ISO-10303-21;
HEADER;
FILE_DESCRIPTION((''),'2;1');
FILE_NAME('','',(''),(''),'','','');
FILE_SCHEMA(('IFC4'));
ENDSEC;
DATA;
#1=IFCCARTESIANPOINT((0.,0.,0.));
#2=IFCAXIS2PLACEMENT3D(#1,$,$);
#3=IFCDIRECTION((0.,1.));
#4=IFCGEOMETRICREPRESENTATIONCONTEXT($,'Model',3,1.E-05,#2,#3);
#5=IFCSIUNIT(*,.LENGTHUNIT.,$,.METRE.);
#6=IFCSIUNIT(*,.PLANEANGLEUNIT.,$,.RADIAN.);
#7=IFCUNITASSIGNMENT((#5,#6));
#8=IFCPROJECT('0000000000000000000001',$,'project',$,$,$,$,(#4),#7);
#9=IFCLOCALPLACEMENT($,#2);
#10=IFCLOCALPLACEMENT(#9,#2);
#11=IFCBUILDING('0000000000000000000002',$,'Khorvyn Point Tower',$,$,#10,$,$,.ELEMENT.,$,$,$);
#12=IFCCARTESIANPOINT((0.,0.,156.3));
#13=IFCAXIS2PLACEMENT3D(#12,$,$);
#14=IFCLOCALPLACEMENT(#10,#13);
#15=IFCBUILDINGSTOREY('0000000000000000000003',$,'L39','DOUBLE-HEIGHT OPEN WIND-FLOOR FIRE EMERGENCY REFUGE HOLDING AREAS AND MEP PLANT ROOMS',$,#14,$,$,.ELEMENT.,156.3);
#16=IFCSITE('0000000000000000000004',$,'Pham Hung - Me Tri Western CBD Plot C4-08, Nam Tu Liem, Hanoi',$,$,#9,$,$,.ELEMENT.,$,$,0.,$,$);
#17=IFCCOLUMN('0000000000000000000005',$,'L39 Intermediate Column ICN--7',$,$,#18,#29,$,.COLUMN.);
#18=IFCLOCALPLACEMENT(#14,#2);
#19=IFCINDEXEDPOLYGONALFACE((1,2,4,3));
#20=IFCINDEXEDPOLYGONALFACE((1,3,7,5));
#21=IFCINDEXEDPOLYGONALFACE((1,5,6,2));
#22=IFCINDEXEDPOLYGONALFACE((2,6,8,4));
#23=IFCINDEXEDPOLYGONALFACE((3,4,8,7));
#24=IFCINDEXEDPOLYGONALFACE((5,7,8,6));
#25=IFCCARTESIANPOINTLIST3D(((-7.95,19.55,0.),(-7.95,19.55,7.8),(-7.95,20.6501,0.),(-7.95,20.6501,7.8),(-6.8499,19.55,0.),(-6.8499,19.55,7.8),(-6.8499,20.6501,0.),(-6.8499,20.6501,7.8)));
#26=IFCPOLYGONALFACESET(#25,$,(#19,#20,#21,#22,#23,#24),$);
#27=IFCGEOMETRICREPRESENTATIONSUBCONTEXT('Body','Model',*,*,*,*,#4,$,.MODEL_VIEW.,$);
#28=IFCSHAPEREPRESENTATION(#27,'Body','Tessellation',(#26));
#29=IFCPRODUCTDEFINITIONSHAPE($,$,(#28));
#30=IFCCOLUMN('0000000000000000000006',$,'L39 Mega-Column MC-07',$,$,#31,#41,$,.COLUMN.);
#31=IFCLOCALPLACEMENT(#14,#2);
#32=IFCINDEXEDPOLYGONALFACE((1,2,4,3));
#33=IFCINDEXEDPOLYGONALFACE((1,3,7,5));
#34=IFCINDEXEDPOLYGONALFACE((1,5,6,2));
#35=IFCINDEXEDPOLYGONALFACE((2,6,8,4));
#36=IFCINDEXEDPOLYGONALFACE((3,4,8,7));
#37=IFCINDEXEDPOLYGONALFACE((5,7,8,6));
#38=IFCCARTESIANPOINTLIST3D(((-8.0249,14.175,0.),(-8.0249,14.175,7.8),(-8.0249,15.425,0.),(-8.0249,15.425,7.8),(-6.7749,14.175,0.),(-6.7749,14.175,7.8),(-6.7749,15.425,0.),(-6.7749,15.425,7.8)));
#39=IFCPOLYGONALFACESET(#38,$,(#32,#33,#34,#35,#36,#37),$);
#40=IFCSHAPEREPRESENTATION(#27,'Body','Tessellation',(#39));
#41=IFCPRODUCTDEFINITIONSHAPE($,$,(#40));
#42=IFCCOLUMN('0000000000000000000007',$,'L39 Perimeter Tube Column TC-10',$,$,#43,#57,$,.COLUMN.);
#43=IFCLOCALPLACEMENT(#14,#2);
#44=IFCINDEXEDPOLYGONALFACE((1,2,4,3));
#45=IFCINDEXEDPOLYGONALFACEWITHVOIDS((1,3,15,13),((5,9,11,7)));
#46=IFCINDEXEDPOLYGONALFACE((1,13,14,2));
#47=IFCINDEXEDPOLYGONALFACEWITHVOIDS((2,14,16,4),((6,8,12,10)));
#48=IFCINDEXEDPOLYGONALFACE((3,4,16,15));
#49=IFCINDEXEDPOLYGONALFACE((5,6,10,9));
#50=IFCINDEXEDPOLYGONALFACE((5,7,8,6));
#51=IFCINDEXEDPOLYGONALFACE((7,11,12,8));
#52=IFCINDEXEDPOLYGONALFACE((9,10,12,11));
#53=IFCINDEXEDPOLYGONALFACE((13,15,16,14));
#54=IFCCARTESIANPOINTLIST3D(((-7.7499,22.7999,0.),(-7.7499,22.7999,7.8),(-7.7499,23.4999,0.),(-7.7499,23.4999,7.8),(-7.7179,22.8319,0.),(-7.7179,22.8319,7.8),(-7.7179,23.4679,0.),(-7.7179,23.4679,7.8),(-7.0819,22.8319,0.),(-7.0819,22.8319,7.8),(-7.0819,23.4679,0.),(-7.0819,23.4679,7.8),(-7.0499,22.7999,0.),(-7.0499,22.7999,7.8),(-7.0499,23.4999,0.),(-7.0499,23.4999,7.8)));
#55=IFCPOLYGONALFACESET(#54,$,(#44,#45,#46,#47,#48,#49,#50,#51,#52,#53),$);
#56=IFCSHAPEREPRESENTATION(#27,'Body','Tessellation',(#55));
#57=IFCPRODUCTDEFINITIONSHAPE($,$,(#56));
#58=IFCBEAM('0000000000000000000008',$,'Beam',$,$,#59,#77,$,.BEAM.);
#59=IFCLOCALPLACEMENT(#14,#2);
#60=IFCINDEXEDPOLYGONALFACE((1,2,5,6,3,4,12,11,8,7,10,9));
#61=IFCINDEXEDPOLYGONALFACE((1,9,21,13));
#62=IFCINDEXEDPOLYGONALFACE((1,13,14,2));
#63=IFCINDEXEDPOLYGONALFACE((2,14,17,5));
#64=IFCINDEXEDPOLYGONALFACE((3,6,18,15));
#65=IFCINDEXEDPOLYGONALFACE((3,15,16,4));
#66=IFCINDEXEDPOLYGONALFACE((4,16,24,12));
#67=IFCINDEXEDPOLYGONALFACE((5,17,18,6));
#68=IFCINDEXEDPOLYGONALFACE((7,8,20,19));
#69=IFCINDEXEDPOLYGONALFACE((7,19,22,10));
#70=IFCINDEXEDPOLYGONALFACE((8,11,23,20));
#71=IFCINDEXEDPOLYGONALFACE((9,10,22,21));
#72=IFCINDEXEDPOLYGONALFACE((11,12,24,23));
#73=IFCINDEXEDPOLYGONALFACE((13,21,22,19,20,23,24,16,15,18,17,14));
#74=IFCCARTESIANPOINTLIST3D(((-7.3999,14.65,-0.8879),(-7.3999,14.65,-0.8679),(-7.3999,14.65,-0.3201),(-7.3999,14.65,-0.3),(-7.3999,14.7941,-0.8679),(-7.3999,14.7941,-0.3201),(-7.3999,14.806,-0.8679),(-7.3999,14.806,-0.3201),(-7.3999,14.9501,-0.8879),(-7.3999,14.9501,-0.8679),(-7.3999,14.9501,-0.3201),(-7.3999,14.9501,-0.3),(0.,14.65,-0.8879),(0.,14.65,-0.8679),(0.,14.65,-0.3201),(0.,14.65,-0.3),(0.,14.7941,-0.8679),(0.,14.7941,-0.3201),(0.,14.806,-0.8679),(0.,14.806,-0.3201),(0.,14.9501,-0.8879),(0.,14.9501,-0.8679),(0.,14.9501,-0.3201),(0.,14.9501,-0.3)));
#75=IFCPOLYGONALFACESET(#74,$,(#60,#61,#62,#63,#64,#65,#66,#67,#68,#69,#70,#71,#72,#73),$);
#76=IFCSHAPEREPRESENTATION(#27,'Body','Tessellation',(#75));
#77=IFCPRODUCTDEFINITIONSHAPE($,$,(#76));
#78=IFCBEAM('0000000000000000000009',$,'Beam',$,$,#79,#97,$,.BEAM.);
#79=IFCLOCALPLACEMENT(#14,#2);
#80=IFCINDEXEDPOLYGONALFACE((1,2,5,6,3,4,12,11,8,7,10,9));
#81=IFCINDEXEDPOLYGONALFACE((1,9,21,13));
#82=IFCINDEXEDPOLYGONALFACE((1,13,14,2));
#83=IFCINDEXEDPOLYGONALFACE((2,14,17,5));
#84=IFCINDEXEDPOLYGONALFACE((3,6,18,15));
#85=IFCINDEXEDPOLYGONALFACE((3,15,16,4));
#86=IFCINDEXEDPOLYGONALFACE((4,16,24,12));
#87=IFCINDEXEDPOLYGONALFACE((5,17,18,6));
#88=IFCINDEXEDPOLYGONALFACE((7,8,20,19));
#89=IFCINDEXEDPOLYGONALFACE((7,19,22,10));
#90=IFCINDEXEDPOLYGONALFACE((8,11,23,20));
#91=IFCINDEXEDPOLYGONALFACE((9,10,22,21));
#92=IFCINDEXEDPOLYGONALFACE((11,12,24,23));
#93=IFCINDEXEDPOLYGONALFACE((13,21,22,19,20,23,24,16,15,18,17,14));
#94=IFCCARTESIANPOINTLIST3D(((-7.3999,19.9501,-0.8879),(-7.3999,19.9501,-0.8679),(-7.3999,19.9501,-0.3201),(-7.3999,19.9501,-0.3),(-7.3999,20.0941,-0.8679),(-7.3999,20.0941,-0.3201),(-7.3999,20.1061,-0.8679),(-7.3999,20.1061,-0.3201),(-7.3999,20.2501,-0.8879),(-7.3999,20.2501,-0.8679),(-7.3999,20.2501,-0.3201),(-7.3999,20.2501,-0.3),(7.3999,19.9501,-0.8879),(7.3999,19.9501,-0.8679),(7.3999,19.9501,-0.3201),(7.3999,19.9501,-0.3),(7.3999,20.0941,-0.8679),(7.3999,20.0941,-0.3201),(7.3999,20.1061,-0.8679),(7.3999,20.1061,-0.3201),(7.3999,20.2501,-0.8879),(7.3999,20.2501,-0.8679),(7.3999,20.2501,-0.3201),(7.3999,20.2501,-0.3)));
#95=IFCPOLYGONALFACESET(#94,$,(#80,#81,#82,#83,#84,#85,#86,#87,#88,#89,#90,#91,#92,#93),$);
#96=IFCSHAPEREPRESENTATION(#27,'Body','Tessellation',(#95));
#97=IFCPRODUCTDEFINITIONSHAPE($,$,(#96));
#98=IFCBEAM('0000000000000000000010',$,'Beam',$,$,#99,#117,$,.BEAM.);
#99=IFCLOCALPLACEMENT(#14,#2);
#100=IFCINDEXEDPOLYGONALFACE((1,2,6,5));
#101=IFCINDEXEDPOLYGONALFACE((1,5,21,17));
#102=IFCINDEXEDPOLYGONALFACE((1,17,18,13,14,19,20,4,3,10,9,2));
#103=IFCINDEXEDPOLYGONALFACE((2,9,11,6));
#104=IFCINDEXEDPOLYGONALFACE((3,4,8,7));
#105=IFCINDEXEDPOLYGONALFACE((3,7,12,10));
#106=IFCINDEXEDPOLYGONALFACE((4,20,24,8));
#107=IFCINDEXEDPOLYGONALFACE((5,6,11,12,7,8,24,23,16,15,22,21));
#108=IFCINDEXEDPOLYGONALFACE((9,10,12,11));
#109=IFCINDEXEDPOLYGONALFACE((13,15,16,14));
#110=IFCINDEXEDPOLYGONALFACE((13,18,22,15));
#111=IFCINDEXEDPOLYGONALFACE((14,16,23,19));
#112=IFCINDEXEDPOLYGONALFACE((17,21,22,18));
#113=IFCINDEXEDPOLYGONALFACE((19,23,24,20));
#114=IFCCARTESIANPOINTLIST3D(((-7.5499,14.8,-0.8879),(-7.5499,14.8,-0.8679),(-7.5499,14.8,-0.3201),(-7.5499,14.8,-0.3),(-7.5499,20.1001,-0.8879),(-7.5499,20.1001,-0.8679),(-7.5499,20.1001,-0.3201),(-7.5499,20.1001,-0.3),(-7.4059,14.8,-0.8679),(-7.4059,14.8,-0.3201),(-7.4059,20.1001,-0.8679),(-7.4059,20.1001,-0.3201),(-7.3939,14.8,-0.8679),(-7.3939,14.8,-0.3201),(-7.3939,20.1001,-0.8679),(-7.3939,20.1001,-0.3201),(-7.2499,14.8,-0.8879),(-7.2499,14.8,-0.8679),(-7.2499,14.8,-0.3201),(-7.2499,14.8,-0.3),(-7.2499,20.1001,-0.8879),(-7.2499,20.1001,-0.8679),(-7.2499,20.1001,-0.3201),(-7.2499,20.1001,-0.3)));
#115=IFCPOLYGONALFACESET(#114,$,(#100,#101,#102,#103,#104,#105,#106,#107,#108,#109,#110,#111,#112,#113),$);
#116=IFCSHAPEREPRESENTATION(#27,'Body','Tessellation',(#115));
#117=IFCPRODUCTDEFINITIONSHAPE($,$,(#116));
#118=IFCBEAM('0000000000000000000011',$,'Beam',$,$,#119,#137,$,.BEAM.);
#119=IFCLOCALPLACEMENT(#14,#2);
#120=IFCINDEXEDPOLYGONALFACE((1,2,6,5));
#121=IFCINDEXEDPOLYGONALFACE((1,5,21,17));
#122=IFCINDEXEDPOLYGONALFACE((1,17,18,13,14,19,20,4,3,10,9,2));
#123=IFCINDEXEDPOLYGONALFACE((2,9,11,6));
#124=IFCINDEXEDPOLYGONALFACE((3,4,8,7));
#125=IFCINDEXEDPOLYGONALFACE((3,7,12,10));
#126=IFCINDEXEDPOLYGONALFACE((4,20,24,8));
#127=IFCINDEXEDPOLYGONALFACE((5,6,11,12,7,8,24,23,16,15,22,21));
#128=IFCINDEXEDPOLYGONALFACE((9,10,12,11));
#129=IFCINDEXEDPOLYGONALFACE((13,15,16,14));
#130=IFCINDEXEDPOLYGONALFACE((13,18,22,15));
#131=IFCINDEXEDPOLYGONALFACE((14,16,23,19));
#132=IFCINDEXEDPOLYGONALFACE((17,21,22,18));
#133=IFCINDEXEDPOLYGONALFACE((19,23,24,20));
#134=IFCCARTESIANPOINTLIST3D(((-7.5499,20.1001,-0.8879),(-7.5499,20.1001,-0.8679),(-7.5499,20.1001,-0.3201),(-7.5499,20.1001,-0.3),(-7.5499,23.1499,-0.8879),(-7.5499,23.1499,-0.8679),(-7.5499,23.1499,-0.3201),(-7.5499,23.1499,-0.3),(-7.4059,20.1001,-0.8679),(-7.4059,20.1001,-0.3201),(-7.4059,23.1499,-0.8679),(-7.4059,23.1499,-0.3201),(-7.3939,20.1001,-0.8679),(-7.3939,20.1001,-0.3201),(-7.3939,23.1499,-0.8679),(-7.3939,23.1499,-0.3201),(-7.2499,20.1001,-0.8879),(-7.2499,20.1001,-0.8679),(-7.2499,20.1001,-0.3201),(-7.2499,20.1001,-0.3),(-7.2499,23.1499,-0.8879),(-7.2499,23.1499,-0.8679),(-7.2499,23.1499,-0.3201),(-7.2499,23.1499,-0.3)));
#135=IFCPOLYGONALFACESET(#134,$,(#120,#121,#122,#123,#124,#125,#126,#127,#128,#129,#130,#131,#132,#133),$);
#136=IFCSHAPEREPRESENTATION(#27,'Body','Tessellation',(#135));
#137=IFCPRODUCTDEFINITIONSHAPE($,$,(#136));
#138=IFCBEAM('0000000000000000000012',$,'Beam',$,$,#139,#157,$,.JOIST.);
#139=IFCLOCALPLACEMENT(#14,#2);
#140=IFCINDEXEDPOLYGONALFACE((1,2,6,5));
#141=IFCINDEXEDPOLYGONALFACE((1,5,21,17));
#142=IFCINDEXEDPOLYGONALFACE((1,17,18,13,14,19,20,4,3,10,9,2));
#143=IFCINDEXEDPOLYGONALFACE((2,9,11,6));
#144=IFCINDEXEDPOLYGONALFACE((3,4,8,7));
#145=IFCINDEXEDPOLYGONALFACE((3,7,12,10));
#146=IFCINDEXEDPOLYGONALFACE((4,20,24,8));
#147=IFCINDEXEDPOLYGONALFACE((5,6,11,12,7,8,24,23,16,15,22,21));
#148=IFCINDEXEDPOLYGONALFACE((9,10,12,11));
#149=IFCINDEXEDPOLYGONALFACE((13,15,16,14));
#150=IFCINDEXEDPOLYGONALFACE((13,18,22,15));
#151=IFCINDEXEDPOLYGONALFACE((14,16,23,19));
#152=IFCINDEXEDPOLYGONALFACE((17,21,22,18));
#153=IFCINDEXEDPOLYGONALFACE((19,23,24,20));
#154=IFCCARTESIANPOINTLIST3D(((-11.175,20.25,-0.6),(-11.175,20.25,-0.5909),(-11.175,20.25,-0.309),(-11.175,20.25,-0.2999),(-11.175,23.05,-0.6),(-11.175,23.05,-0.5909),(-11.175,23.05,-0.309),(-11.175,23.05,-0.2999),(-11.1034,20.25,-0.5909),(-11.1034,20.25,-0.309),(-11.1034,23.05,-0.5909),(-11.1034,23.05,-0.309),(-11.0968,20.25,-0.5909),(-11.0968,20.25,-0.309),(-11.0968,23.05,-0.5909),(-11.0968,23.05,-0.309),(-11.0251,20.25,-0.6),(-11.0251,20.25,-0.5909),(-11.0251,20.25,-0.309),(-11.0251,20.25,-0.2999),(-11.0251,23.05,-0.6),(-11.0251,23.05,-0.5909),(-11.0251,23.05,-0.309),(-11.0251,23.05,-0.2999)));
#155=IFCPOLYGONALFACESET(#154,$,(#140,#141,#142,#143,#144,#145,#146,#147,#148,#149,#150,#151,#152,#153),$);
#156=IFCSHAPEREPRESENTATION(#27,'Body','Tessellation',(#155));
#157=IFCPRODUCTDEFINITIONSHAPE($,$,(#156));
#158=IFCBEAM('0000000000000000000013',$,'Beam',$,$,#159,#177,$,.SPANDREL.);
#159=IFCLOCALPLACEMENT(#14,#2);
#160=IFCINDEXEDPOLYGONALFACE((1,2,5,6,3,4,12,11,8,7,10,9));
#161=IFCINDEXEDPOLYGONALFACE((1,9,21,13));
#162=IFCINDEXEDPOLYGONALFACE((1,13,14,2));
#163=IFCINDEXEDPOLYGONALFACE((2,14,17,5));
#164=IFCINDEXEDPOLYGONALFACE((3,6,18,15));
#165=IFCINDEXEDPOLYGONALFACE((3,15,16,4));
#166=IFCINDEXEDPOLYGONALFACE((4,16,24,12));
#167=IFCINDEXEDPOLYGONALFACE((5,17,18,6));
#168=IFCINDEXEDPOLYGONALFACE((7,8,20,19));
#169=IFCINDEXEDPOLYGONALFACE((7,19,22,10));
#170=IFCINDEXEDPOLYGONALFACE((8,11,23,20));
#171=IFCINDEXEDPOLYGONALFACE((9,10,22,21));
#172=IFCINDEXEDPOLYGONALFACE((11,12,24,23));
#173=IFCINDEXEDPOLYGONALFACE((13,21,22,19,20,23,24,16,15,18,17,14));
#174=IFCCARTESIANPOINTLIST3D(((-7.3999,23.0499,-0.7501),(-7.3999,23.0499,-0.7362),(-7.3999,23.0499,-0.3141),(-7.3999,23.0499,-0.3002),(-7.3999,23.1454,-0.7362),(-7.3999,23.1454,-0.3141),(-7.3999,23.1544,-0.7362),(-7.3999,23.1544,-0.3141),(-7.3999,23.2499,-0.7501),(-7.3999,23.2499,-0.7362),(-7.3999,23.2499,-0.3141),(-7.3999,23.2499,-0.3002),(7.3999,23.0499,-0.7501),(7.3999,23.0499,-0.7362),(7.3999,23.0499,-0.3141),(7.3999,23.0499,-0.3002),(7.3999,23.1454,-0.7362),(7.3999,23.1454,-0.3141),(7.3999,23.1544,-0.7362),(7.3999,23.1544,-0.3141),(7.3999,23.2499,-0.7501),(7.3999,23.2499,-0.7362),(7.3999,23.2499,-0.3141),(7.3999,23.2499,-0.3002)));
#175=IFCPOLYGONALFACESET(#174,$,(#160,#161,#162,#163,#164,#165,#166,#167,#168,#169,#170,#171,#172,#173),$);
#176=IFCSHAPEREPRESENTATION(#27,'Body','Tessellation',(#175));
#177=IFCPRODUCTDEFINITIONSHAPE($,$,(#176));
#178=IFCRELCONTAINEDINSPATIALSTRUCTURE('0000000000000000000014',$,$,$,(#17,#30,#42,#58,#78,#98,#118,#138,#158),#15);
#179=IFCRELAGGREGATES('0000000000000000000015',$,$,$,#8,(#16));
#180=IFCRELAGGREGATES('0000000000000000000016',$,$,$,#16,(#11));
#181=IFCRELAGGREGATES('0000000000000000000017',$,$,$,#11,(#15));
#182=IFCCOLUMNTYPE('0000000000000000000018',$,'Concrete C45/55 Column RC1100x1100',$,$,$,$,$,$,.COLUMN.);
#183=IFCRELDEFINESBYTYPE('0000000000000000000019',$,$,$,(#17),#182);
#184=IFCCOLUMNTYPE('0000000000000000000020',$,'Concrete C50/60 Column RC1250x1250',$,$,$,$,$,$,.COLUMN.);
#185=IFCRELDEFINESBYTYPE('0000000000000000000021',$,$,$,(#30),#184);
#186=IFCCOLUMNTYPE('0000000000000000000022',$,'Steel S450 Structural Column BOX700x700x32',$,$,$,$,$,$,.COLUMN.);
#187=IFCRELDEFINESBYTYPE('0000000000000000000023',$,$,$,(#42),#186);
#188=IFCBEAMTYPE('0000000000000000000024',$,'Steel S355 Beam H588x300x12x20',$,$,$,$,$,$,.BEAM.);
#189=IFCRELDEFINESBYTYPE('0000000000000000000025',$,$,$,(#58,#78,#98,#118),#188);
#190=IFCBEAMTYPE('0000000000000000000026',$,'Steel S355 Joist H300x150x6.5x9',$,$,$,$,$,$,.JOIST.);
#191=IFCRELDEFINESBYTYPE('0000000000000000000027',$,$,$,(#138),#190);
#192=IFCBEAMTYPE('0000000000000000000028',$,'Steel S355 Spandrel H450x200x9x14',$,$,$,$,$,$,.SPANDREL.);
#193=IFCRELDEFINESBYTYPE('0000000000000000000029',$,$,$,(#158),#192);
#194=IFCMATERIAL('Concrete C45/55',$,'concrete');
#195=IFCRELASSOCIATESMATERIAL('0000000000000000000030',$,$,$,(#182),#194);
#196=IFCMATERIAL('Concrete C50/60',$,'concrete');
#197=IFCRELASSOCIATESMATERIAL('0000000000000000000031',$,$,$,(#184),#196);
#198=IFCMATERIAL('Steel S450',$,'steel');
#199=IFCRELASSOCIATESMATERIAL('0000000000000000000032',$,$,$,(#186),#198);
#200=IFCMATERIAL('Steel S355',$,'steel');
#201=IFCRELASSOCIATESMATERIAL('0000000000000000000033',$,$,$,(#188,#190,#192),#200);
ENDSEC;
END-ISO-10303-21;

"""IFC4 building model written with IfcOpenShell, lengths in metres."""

from ifc_helpers import new_model, si_unit, direction, frame, origin, origin_2d, place, context, subcontext, project, spatial, rectangle, hollow_rectangle, i_section, extrude, material, material_profile, profile_set, type_object, element, save


model = new_model("IFC4")

# Units and contexts
model_context = context("Model", 3, precision=1e-05, world=origin(), true_north=direction((0.0, 1.0)))
body_context = subcontext(model_context, "Body", "Model", "MODEL_VIEW")
ifc_project = project(units=[si_unit("LENGTHUNIT", "METRE"), si_unit("PLANEANGLEUNIT", "RADIAN")], contexts=[model_context])

# Site, building, storey
site_placement = place(None, origin())
site = spatial("IfcSite", under=ifc_project, at=site_placement, Name="Pham Hung - Me Tri Western CBD Plot C4-08, Nam Tu Liem, Hanoi", CompositionType="ELEMENT", RefElevation=0.0)
building_placement = place(site_placement, origin())
building = spatial("IfcBuilding", under=site, at=building_placement, Name="Khorvyn Point Tower", CompositionType="ELEMENT")
storey_placement = place(building_placement, frame((0.0, 0.0, 156.3)))
storey = spatial("IfcBuildingStorey", under=building, at=storey_placement, Name="L39", Description="DOUBLE-HEIGHT OPEN WIND-FLOOR FIRE EMERGENCY REFUGE HOLDING AREAS AND MEP PLANT ROOMS", CompositionType="ELEMENT", Elevation=156.3)

# Columns
ifc_material_1 = material(Name="Concrete C45/55", Category="concrete")
ifc_material_profile_1 = material_profile(ifc_material_1, rectangle(XDim=1.1001, YDim=1.1001, at=origin_2d()))
ifc_profile_set_1 = profile_set([ifc_material_profile_1], Name="Concrete C45/55 RC1100x1100")
column_type_1 = type_object("IfcColumnType", Name="Concrete C45/55 Column RC1100x1100", PredefinedType="COLUMN", material=ifc_profile_set_1)
column_1_placement = place(storey_placement, frame((-7.3999, 20.1001, 0.0), z_axis=(0.0, 0.0, 1.0), x_axis=(1.0, 0.0, 0.0)))
element("IfcColumn", 1, at=column_1_placement, inside=storey, type_object=column_type_1, Name="L39 Intermediate Column ICN--7", PredefinedType="COLUMN", context=body_context, shape_type="SweptSolid", body=[
    extrude(rectangle(XDim=1.1001, YDim=1.1001, at=origin_2d()), origin(), (0.0, 0.0, 1.0), 7.8),
])
ifc_material_2 = material(Name="Concrete C50/60", Category="concrete")
ifc_material_profile_2 = material_profile(ifc_material_2, rectangle(XDim=1.25, YDim=1.25, at=origin_2d()))
ifc_profile_set_2 = profile_set([ifc_material_profile_2], Name="Concrete C50/60 RC1250x1250")
column_type_2 = type_object("IfcColumnType", Name="Concrete C50/60 Column RC1250x1250", PredefinedType="COLUMN", material=ifc_profile_set_2)
column_2_placement = place(storey_placement, frame((-7.3999, 14.8, 0.0), z_axis=(0.0, 0.0, 1.0), x_axis=(1.0, 0.0, 0.0)))
element("IfcColumn", 2, at=column_2_placement, inside=storey, type_object=column_type_2, Name="L39 Mega-Column MC-07", PredefinedType="COLUMN", context=body_context, shape_type="SweptSolid", body=[
    extrude(rectangle(XDim=1.25, YDim=1.25, at=origin_2d()), origin(), (0.0, 0.0, 1.0), 7.8),
])
ifc_material_3 = material(Name="Steel S450", Category="steel")
ifc_material_profile_3 = material_profile(ifc_material_3, hollow_rectangle(XDim=0.7, YDim=0.7, WallThickness=0.032, at=origin_2d()))
ifc_profile_set_3 = profile_set([ifc_material_profile_3], Name="Steel S450 BOX700x700x32")
column_type_3 = type_object("IfcColumnType", Name="Steel S450 Structural Column BOX700x700x32", PredefinedType="COLUMN", material=ifc_profile_set_3)
column_3_placement = place(storey_placement, frame((-7.3999, 23.1499, 0.0), z_axis=(0.0, 0.0, 1.0), x_axis=(1.0, 0.0, 0.0)))
element("IfcColumn", 3, at=column_3_placement, inside=storey, type_object=column_type_3, Name="L39 Perimeter Tube Column TC-10", PredefinedType="COLUMN", context=body_context, shape_type="SweptSolid", body=[
    extrude(hollow_rectangle(XDim=0.7, YDim=0.7, WallThickness=0.032, at=origin_2d()), origin(), (0.0, 0.0, 1.0), 7.8),
])

# Beams
ifc_material_4 = material(Name="Steel S355", Category="steel")
ifc_material_profile_4 = material_profile(ifc_material_4, i_section(OverallWidth=0.3, OverallDepth=0.5879, WebThickness=0.012, FlangeThickness=0.02, at=origin_2d()))
ifc_profile_set_4 = profile_set([ifc_material_profile_4], Name="Steel S355 H588x300x12x20")
beam_type_1 = type_object("IfcBeamType", Name="Steel S355 Beam H588x300x12x20", PredefinedType="BEAM", material=ifc_profile_set_4)
beam_1_placement = place(storey_placement, frame((-7.3999, 14.8, -0.594), z_axis=(1.0, 0.0, 0.0), x_axis=(0.0, 1.0, 0.0)))
element("IfcBeam", 4, at=beam_1_placement, inside=storey, type_object=beam_type_1, Name="Beam", PredefinedType="BEAM", context=body_context, shape_type="SweptSolid", body=[
    extrude(i_section(OverallWidth=0.3, OverallDepth=0.5879, WebThickness=0.012, FlangeThickness=0.02, at=origin_2d()), origin(), (0.0, 0.0, 1.0), 7.3999),
])
beam_2_placement = place(storey_placement, frame((-7.3999, 20.1001, -0.594), z_axis=(1.0, 0.0, 0.0), x_axis=(0.0, 1.0, 0.0)))
element("IfcBeam", 5, at=beam_2_placement, inside=storey, type_object=beam_type_1, Name="Beam", PredefinedType="BEAM", context=body_context, shape_type="SweptSolid", body=[
    extrude(i_section(OverallWidth=0.3, OverallDepth=0.5879, WebThickness=0.012, FlangeThickness=0.02, at=origin_2d()), origin(), (0.0, 0.0, 1.0), 14.7998),
])
beam_3_placement = place(storey_placement, frame((-7.3999, 14.8, -0.594), z_axis=(0.0, 1.0, 0.0), x_axis=(-1.0, 0.0, 0.0)))
element("IfcBeam", 6, at=beam_3_placement, inside=storey, type_object=beam_type_1, Name="Beam", PredefinedType="BEAM", context=body_context, shape_type="SweptSolid", body=[
    extrude(i_section(OverallWidth=0.3, OverallDepth=0.5879, WebThickness=0.012, FlangeThickness=0.02, at=origin_2d()), origin(), (0.0, 0.0, 1.0), 5.3),
])
beam_4_placement = place(storey_placement, frame((-7.3999, 20.1001, -0.594), z_axis=(0.0, 1.0, 0.0), x_axis=(-1.0, 0.0, 0.0)))
element("IfcBeam", 7, at=beam_4_placement, inside=storey, type_object=beam_type_1, Name="Beam", PredefinedType="BEAM", context=body_context, shape_type="SweptSolid", body=[
    extrude(i_section(OverallWidth=0.3, OverallDepth=0.5879, WebThickness=0.012, FlangeThickness=0.02, at=origin_2d()), origin(), (0.0, 0.0, 1.0), 3.0498),
])
ifc_material_profile_5 = material_profile(ifc_material_4, i_section(OverallWidth=0.1499, OverallDepth=0.3, WebThickness=0.0066, FlangeThickness=0.009, at=origin_2d()))
ifc_profile_set_5 = profile_set([ifc_material_profile_5], Name="Steel S355 H300x150x6.5x9")
beam_type_2 = type_object("IfcBeamType", Name="Steel S355 Joist H300x150x6.5x9", PredefinedType="JOIST", material=ifc_profile_set_5)
beam_5_placement = place(storey_placement, frame((-11.1001, 20.25, -0.45), z_axis=(0.0, 1.0, 0.0), x_axis=(-1.0, 0.0, 0.0)))
element("IfcBeam", 8, at=beam_5_placement, inside=storey, type_object=beam_type_2, Name="Beam", PredefinedType="JOIST", context=body_context, shape_type="SweptSolid", body=[
    extrude(i_section(OverallWidth=0.1499, OverallDepth=0.3, WebThickness=0.0066, FlangeThickness=0.009, at=origin_2d()), origin(), (0.0, 0.0, 1.0), 2.8),
])
ifc_material_profile_6 = material_profile(ifc_material_4, i_section(OverallWidth=0.2, OverallDepth=0.45, WebThickness=0.009, FlangeThickness=0.0139, at=origin_2d()))
ifc_profile_set_6 = profile_set([ifc_material_profile_6], Name="Steel S355 H450x200x9x14")
beam_type_3 = type_object("IfcBeamType", Name="Steel S355 Spandrel H450x200x9x14", PredefinedType="SPANDREL", material=ifc_profile_set_6)
beam_6_placement = place(storey_placement, frame((-7.3999, 23.1499, -0.5251), z_axis=(1.0, 0.0, 0.0), x_axis=(0.0, 1.0, 0.0)))
element("IfcBeam", 9, at=beam_6_placement, inside=storey, type_object=beam_type_3, Name="Beam", PredefinedType="SPANDREL", context=body_context, shape_type="SweptSolid", body=[
    extrude(i_section(OverallWidth=0.2, OverallDepth=0.45, WebThickness=0.009, FlangeThickness=0.0139, at=origin_2d()), origin(), (0.0, 0.0, 1.0), 14.7998),
])

save(model, "model.ifc")
